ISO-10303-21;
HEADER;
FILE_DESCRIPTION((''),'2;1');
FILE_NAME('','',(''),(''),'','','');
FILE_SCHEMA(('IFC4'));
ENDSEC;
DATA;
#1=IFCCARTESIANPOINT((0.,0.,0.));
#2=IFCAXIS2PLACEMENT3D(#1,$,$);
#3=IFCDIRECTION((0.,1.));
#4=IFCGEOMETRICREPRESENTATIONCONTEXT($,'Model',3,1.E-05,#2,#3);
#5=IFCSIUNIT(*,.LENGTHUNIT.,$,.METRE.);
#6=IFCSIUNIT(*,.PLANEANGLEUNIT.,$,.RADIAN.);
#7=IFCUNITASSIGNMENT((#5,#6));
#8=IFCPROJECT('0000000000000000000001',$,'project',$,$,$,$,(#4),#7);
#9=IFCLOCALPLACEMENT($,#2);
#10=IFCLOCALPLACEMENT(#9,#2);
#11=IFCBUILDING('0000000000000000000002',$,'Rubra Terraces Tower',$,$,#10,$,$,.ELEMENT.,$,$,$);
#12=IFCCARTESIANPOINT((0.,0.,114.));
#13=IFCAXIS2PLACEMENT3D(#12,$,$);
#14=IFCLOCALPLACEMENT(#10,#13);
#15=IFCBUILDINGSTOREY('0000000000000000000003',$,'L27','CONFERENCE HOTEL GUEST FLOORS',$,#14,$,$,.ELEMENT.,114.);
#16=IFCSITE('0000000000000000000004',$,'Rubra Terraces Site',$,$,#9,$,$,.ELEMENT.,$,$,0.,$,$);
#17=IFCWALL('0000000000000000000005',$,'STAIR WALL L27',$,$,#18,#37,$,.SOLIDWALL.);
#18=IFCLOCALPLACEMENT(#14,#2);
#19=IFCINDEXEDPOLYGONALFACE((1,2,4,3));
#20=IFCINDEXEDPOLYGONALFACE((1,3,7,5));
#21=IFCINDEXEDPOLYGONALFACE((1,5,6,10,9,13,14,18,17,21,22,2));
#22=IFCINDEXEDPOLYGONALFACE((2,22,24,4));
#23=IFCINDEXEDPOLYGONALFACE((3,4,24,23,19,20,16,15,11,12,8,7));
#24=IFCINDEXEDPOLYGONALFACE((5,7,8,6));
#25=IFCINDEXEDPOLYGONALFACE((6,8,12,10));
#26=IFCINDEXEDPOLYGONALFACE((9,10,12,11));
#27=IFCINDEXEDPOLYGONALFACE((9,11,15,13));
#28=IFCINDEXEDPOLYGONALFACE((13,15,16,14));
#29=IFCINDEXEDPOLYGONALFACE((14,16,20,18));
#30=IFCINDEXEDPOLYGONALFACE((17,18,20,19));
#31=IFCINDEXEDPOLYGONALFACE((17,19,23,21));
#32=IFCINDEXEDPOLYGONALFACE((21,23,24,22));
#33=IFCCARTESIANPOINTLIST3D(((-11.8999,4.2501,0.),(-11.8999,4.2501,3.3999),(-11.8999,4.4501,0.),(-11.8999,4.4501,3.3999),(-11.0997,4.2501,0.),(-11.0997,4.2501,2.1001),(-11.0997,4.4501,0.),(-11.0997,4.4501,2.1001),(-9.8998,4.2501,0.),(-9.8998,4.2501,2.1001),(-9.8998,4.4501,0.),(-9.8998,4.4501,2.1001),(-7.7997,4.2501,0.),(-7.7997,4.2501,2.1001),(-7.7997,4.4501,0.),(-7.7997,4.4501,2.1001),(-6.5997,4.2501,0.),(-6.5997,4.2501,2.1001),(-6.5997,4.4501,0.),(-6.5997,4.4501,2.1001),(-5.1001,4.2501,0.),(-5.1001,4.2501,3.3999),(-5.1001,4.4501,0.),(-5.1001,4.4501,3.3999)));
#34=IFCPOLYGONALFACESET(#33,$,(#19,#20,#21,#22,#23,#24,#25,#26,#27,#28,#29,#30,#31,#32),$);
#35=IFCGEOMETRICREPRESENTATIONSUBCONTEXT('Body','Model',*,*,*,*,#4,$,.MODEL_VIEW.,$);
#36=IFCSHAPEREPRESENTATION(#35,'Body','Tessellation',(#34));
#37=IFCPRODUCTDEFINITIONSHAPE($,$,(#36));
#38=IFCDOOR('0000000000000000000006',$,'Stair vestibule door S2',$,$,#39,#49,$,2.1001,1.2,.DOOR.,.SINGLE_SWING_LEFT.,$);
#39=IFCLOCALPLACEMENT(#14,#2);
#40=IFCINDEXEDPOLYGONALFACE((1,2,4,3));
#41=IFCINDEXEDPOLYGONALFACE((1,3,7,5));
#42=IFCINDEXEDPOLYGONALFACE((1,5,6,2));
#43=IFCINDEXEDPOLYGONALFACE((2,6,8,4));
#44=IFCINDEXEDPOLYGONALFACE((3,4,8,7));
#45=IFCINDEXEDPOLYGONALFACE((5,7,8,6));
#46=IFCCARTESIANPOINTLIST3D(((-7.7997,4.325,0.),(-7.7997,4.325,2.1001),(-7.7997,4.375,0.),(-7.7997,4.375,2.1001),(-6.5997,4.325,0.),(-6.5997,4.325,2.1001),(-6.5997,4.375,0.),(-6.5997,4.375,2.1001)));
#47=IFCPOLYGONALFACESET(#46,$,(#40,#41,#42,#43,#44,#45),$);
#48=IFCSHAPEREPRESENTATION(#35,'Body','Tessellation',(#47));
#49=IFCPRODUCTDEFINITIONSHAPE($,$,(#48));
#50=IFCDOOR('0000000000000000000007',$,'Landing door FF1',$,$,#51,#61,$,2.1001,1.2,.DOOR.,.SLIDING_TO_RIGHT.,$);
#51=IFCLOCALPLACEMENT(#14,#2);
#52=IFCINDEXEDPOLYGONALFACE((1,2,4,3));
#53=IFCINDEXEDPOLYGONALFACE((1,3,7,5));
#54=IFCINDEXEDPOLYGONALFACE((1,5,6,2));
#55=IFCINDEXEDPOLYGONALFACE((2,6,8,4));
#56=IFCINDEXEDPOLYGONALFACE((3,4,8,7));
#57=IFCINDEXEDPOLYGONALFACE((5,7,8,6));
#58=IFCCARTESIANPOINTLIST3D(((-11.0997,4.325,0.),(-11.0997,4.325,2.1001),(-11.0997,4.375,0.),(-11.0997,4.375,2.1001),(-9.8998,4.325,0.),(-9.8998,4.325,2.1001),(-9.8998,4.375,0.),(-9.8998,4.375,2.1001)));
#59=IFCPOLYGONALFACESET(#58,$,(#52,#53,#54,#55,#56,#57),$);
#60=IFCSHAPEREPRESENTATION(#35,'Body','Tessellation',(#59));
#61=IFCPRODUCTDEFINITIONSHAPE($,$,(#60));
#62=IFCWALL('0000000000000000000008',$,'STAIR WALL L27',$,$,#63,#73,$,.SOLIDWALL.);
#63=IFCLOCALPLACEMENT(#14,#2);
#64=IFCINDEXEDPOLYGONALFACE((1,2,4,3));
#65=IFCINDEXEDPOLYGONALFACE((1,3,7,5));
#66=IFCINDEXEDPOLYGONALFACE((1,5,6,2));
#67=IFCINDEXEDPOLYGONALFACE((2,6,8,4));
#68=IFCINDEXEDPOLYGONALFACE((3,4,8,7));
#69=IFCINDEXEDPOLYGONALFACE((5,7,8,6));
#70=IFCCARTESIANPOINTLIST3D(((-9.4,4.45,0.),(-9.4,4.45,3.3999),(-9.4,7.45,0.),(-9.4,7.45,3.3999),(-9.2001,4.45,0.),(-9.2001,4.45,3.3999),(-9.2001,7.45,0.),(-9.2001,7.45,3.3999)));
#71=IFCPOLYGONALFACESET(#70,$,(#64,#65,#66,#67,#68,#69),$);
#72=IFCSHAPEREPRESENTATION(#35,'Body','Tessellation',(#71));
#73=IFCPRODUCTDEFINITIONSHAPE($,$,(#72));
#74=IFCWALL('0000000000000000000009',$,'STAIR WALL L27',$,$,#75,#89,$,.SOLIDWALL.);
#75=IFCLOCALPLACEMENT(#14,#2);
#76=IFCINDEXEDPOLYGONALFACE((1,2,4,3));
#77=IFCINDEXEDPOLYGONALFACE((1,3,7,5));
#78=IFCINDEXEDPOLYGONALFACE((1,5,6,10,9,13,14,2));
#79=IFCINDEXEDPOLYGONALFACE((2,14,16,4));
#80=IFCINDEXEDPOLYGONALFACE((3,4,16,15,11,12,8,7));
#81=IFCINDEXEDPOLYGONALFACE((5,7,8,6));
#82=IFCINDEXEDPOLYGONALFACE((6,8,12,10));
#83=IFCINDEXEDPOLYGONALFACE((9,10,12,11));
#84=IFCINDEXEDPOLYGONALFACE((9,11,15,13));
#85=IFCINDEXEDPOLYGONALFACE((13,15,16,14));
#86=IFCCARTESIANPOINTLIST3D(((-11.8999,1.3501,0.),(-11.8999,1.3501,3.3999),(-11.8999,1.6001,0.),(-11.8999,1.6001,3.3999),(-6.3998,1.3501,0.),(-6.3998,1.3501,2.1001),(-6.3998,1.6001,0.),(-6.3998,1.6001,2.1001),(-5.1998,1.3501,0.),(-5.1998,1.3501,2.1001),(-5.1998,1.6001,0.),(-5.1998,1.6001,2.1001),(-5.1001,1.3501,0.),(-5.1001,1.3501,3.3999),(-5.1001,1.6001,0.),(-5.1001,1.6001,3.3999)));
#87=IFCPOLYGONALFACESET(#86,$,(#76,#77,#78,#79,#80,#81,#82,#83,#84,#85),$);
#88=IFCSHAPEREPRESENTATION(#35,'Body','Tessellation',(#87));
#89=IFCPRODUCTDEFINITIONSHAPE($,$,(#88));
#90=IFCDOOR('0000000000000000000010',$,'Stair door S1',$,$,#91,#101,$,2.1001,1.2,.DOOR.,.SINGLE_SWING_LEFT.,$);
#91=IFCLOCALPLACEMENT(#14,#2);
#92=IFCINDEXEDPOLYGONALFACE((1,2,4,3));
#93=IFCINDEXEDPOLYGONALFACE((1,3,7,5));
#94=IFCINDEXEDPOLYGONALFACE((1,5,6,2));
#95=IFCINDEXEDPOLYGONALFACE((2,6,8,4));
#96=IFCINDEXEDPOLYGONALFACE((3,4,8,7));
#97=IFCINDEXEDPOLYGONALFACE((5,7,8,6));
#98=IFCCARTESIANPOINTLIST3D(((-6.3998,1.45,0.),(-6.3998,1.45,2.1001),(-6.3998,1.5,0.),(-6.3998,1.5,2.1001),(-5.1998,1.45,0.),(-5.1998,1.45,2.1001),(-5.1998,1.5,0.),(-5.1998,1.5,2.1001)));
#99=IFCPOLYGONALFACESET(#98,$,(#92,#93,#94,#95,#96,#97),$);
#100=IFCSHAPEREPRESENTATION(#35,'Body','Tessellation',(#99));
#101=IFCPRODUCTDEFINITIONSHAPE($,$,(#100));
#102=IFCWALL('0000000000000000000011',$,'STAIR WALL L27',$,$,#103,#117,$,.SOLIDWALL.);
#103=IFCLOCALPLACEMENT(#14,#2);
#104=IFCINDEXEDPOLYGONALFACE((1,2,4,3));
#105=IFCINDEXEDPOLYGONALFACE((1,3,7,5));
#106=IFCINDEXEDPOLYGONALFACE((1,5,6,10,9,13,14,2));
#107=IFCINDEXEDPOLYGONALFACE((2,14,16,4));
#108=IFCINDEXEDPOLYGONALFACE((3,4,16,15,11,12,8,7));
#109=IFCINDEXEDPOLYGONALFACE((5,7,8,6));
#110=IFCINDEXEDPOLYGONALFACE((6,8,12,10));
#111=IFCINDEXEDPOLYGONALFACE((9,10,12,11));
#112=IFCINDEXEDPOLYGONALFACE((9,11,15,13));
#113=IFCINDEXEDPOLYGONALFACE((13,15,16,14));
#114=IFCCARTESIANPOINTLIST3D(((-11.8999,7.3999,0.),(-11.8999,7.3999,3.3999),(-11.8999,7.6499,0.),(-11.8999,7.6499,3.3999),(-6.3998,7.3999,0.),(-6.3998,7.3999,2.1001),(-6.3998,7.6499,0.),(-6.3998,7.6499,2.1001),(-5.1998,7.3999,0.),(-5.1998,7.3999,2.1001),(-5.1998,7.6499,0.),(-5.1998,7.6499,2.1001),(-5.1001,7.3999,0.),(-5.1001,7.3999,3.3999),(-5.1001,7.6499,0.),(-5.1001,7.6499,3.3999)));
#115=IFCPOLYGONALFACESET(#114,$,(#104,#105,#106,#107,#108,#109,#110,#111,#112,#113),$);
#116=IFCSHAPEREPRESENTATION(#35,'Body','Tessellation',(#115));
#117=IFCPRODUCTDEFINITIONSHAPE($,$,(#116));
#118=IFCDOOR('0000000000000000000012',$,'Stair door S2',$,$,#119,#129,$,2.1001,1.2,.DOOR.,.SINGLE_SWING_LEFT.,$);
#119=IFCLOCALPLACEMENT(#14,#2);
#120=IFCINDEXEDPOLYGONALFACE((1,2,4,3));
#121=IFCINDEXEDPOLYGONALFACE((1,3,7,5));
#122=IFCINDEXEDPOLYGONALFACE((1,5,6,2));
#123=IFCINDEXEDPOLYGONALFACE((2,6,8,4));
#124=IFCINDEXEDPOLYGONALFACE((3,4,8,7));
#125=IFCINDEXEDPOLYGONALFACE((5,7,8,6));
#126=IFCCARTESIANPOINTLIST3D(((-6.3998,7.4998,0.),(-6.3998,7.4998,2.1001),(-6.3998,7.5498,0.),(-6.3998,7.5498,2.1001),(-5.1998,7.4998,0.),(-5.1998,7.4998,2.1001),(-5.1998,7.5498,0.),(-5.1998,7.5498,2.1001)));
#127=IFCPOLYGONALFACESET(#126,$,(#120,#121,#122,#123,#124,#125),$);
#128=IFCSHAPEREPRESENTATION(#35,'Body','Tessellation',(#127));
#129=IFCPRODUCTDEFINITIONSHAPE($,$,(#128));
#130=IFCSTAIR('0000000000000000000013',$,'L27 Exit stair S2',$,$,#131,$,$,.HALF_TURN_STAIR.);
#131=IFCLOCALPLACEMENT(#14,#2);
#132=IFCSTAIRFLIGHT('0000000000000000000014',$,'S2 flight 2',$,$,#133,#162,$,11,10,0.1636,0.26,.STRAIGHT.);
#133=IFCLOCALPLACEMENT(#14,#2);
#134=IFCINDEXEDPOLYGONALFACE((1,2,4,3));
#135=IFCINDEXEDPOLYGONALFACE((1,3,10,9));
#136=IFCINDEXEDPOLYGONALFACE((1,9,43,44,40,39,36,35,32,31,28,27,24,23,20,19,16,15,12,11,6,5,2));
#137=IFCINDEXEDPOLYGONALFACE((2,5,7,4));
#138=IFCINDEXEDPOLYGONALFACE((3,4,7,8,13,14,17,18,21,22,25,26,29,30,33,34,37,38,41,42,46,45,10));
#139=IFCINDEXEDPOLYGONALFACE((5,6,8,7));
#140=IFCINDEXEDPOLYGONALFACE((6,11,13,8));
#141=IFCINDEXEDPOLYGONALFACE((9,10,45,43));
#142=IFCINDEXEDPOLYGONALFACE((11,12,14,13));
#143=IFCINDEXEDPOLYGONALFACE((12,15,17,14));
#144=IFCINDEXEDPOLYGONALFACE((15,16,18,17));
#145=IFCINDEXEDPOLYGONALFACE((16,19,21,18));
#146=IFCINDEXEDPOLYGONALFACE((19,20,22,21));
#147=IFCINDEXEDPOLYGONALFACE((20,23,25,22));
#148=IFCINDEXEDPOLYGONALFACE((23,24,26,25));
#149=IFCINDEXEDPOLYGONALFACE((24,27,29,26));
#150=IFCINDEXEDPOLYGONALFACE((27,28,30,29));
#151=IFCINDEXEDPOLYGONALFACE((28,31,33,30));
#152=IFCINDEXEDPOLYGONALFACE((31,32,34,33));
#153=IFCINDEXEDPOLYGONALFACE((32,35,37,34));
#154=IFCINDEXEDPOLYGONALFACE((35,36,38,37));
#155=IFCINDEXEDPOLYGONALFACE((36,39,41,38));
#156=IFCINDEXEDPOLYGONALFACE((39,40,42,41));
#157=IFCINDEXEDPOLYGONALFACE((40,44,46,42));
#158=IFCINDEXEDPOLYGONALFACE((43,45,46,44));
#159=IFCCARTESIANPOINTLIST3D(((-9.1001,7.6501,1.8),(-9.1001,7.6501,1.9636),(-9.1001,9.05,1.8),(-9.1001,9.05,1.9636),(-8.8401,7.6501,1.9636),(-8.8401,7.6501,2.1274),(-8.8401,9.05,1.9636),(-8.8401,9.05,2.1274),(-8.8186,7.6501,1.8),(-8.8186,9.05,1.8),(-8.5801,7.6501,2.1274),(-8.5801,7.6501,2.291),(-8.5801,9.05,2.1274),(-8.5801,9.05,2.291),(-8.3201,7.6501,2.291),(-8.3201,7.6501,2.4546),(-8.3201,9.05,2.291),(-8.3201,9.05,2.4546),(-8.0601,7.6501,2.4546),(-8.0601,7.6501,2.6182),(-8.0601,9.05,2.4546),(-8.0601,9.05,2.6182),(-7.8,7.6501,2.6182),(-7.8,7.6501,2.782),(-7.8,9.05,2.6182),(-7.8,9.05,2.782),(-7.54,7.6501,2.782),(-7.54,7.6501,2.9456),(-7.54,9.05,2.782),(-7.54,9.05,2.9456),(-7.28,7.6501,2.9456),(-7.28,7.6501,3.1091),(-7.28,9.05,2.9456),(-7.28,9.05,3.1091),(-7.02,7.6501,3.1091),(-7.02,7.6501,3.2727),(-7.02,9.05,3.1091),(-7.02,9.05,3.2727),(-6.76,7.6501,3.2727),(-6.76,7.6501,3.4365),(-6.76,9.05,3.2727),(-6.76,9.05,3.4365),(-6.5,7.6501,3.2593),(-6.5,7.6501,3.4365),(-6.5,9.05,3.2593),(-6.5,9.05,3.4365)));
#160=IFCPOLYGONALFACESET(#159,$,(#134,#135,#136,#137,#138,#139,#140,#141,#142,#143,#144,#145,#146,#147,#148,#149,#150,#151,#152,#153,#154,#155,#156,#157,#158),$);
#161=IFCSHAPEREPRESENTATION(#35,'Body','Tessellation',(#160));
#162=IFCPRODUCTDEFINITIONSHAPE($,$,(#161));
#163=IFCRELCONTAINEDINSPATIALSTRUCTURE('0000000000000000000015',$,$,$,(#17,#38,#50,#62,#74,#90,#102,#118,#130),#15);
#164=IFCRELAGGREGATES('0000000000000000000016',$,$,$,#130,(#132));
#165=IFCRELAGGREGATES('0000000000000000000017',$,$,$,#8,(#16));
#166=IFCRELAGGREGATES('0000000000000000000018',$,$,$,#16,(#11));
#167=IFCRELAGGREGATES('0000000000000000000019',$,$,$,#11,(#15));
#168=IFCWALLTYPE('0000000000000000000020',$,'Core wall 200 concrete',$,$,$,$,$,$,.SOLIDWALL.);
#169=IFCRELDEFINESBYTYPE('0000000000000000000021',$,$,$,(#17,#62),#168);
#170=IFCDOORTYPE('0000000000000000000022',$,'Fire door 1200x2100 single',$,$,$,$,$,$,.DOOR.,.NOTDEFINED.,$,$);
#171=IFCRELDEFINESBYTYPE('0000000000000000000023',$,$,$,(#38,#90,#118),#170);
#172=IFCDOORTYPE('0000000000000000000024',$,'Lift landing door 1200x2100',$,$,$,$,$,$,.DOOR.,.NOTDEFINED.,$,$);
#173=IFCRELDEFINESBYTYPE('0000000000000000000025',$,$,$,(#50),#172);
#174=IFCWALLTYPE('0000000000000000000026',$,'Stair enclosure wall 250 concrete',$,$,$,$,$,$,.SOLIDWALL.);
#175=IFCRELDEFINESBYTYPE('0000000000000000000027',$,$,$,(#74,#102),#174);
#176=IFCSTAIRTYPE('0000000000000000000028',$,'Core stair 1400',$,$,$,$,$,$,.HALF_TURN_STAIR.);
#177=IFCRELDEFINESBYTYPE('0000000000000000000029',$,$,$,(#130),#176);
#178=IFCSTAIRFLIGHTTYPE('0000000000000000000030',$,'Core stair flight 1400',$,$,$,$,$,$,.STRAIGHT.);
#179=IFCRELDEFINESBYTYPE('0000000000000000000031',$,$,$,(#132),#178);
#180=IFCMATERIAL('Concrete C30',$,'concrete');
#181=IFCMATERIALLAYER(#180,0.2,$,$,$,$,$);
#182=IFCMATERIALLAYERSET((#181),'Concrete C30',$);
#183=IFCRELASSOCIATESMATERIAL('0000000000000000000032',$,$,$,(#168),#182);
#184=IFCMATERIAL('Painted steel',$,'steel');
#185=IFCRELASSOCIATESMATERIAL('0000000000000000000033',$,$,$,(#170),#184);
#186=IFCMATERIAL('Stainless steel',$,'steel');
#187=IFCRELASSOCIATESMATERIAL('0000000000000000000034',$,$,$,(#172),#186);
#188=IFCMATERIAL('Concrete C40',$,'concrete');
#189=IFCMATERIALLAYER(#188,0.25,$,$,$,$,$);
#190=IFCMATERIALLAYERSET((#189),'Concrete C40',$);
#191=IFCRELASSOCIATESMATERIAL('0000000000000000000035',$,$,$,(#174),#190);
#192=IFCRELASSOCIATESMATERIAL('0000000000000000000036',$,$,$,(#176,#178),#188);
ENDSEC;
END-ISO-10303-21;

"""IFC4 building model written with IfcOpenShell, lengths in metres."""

from ifc_helpers import new_model, si_unit, direction, frame, frame_2d, origin, place, context, subcontext, project, spatial, polyline, rectangle, outline, extrude, material, layer, layer_set, type_object, element, fill, aggregate, save


model = new_model("IFC4")

# Units and contexts
model_context = context("Model", 3, precision=1e-05, world=origin(), true_north=direction((0.0, 1.0)))
body_context = subcontext(model_context, "Body", "Model", "MODEL_VIEW")
ifc_project = project(units=[si_unit("LENGTHUNIT", "METRE"), si_unit("PLANEANGLEUNIT", "RADIAN")], contexts=[model_context])

# Site, building, storey
site_placement = place(None, origin())
site = spatial("IfcSite", under=ifc_project, at=site_placement, Name="Rubra Terraces Site", CompositionType="ELEMENT", RefElevation=0.0)
building_placement = place(site_placement, origin())
building = spatial("IfcBuilding", under=site, at=building_placement, Name="Rubra Terraces Tower", CompositionType="ELEMENT")
storey_placement = place(building_placement, frame((0.0, 0.0, 114.0)))
storey = spatial("IfcBuildingStorey", under=building, at=storey_placement, Name="L27", Description="CONFERENCE HOTEL GUEST FLOORS", CompositionType="ELEMENT", Elevation=114.0)

# Shared definitions
ifc_material_1 = material(Name="Painted steel", Category="steel")

# Shared definitions
ifc_material_2 = material(Name="Concrete C40", Category="concrete")

# Wall, openings, doors
ifc_material_3 = material(Name="Concrete C30", Category="concrete")
ifc_layer_1 = layer(ifc_material_3, 0.2)
ifc_layer_set_1 = layer_set([ifc_layer_1], Name="Concrete C30")
wall_type_1 = type_object("IfcWallType", Name="Core wall 200 concrete", PredefinedType="SOLIDWALL", material=ifc_layer_set_1)
wall_1_placement = place(storey_placement, frame((-11.8999, 4.3501, 0.0), z_axis=(0.0, 0.0, 1.0), x_axis=(1.0, 0.0, 0.0)))
wall_1 = element("IfcWall", 1, at=wall_1_placement, inside=storey, type_object=wall_type_1, Name="STAIR WALL L27", PredefinedType="SOLIDWALL", context=body_context, shape_type="SweptSolid", body=[
    extrude(rectangle(XDim=6.7998, YDim=0.2, at=frame_2d((3.3999, 0.0))), origin(), (0.0, 0.0, 1.0), 3.3999),
])
opening_1_placement = place(wall_1_placement, frame((4.1001, 0.0, 0.0)))
opening_1 = element("IfcOpeningElement", 2, at=opening_1_placement, cuts=wall_1, PredefinedType="OPENING", context=body_context, shape_type="SweptSolid", body=[
    extrude(rectangle(XDim=1.2, YDim=2.1001, at=frame_2d((0.6001, 1.05))), frame((0.0, 0.1099, 0.0), z_axis=(0.0, -1.0, 0.0), x_axis=(1.0, 0.0, 0.0)), (0.0, 0.0, 1.0), 0.22),
])
opening_2_placement = place(wall_1_placement, frame((0.8, 0.0, 0.0)))
opening_2 = element("IfcOpeningElement", 3, at=opening_2_placement, cuts=wall_1, PredefinedType="OPENING", context=body_context, shape_type="SweptSolid", body=[
    extrude(rectangle(XDim=1.2, YDim=2.1001, at=frame_2d((0.6001, 1.05))), frame((0.0, 0.1099, 0.0), z_axis=(0.0, -1.0, 0.0), x_axis=(1.0, 0.0, 0.0)), (0.0, 0.0, 1.0), 0.22),
])
door_type_1 = type_object("IfcDoorType", Name="Fire door 1200x2100 single", OperationType="NOTDEFINED", PredefinedType="DOOR", material=ifc_material_1)
door_1_placement = place(opening_1_placement, origin())
door_1 = element("IfcDoor", 4, at=door_1_placement, inside=storey, type_object=door_type_1, Name="Stair vestibule door S2", OperationType="SINGLE_SWING_LEFT", OverallHeight=2.1001, OverallWidth=1.2, PredefinedType="DOOR", context=body_context, shape_type="SweptSolid", body=[
    extrude(rectangle(XDim=1.2, YDim=2.1001, at=frame_2d((0.6001, 1.05))), frame((0.0, 0.0249, 0.0), z_axis=(0.0, -1.0, 0.0), x_axis=(1.0, 0.0, 0.0)), (0.0, 0.0, 1.0), 0.05),
])
fill(opening_1, door_1)
ifc_material_4 = material(Name="Stainless steel", Category="steel")
door_type_2 = type_object("IfcDoorType", Name="Lift landing door 1200x2100", OperationType="NOTDEFINED", PredefinedType="DOOR", material=ifc_material_4)
door_2_placement = place(opening_2_placement, origin())
door_2 = element("IfcDoor", 5, at=door_2_placement, inside=storey, type_object=door_type_2, Name="Landing door FF1", OperationType="SLIDING_TO_RIGHT", OverallHeight=2.1001, OverallWidth=1.2, PredefinedType="DOOR", context=body_context, shape_type="SweptSolid", body=[
    extrude(rectangle(XDim=1.2, YDim=2.1001, at=frame_2d((0.6001, 1.05))), frame((0.0, 0.0249, 0.0), z_axis=(0.0, -1.0, 0.0), x_axis=(1.0, 0.0, 0.0)), (0.0, 0.0, 1.0), 0.05),
])
fill(opening_2, door_2)

# Wall
wall_2_placement = place(storey_placement, frame((-9.3, 4.45, 0.0), z_axis=(0.0, 0.0, 1.0), x_axis=(0.0, 1.0, 0.0)))
element("IfcWall", 6, at=wall_2_placement, inside=storey, type_object=wall_type_1, Name="STAIR WALL L27", PredefinedType="SOLIDWALL", context=body_context, shape_type="SweptSolid", body=[
    extrude(rectangle(XDim=3.0, YDim=0.2, at=frame_2d((1.5, 0.0))), origin(), (0.0, 0.0, 1.0), 3.3999),
])

# Walls, openings, doors
ifc_layer_2 = layer(ifc_material_2, 0.25)
ifc_layer_set_2 = layer_set([ifc_layer_2], Name="Concrete C40")
wall_type_2 = type_object("IfcWallType", Name="Stair enclosure wall 250 concrete", PredefinedType="SOLIDWALL", material=ifc_layer_set_2)
wall_3_placement = place(storey_placement, frame((-11.8999, 1.4751, 0.0), z_axis=(0.0, 0.0, 1.0), x_axis=(1.0, 0.0, 0.0)))
wall_3 = element("IfcWall", 7, at=wall_3_placement, inside=storey, type_object=wall_type_2, Name="STAIR WALL L27", PredefinedType="SOLIDWALL", context=body_context, shape_type="SweptSolid", body=[
    extrude(rectangle(XDim=6.7998, YDim=0.25, at=frame_2d((3.3999, 0.0))), origin(), (0.0, 0.0, 1.0), 3.3999),
])
opening_3_placement = place(wall_3_placement, frame((5.5, 0.0, 0.0)))
opening_3 = element("IfcOpeningElement", 8, at=opening_3_placement, cuts=wall_3, PredefinedType="OPENING", context=body_context, shape_type="SweptSolid", body=[
    extrude(rectangle(XDim=1.2, YDim=2.1001, at=frame_2d((0.6001, 1.05))), frame((0.0, 0.135, 0.0), z_axis=(0.0, -1.0, 0.0), x_axis=(1.0, 0.0, 0.0)), (0.0, 0.0, 1.0), 0.27),
])
door_3_placement = place(opening_3_placement, origin())
door_3 = element("IfcDoor", 9, at=door_3_placement, inside=storey, type_object=door_type_1, Name="Stair door S1", OperationType="SINGLE_SWING_LEFT", OverallHeight=2.1001, OverallWidth=1.2, PredefinedType="DOOR", context=body_context, shape_type="SweptSolid", body=[
    extrude(rectangle(XDim=1.2, YDim=2.1001, at=frame_2d((0.6001, 1.05))), frame((0.0, 0.0249, 0.0), z_axis=(0.0, -1.0, 0.0), x_axis=(1.0, 0.0, 0.0)), (0.0, 0.0, 1.0), 0.05),
])
fill(opening_3, door_3)
wall_4_placement = place(storey_placement, frame((-11.8999, 7.5249, 0.0), z_axis=(0.0, 0.0, 1.0), x_axis=(1.0, 0.0, 0.0)))
wall_4 = element("IfcWall", 10, at=wall_4_placement, inside=storey, type_object=wall_type_2, Name="STAIR WALL L27", PredefinedType="SOLIDWALL", context=body_context, shape_type="SweptSolid", body=[
    extrude(rectangle(XDim=6.7998, YDim=0.25, at=frame_2d((3.3999, 0.0))), origin(), (0.0, 0.0, 1.0), 3.3999),
])
opening_4_placement = place(wall_4_placement, frame((5.5, 0.0, 0.0)))
opening_4 = element("IfcOpeningElement", 11, at=opening_4_placement, cuts=wall_4, PredefinedType="OPENING", context=body_context, shape_type="SweptSolid", body=[
    extrude(rectangle(XDim=1.2, YDim=2.1001, at=frame_2d((0.6001, 1.05))), frame((0.0, 0.135, 0.0), z_axis=(0.0, -1.0, 0.0), x_axis=(1.0, 0.0, 0.0)), (0.0, 0.0, 1.0), 0.27),
])
door_4_placement = place(opening_4_placement, origin())
door_4 = element("IfcDoor", 12, at=door_4_placement, inside=storey, type_object=door_type_1, Name="Stair door S2", OperationType="SINGLE_SWING_LEFT", OverallHeight=2.1001, OverallWidth=1.2, PredefinedType="DOOR", context=body_context, shape_type="SweptSolid", body=[
    extrude(rectangle(XDim=1.2, YDim=2.1001, at=frame_2d((0.6001, 1.05))), frame((0.0, 0.0249, 0.0), z_axis=(0.0, -1.0, 0.0), x_axis=(1.0, 0.0, 0.0)), (0.0, 0.0, 1.0), 0.05),
])
fill(opening_4, door_4)

# Stair, stair flight
stair_type = type_object("IfcStairType", Name="Core stair 1400", PredefinedType="HALF_TURN_STAIR", material=ifc_material_2)
stair_placement = place(storey_placement, origin())
stair = element("IfcStair", 13, at=stair_placement, inside=storey, type_object=stair_type, Name="L27 Exit stair S2", PredefinedType="HALF_TURN_STAIR")
stair_flight_type = type_object("IfcStairFlightType", Name="Core stair flight 1400", PredefinedType="STRAIGHT", material=ifc_material_2)
stair_flight_placement = place(storey_placement, frame((-9.1001, 8.3501, 1.8), z_axis=(0.0, 0.0, 1.0), x_axis=(1.0, 0.0, 0.0)))
stair_flight = element("IfcStairFlight", 14, at=stair_flight_placement, type_object=stair_flight_type, Name="S2 flight 2", NumberOfRisers=11, NumberOfTreads=10, PredefinedType="STRAIGHT", RiserHeight=0.1636, TreadLength=0.26, context=body_context, shape_type="SweptSolid", body=[
    extrude(outline(polyline([(0.0, 0.0), (0.0, 0.1636), (0.26, 0.1636), (0.26, 0.3274), (0.52, 0.3274), (0.52, 0.491), (0.78, 0.491), (0.78, 0.6545), (1.04, 0.6545), (1.04, 0.8181), (1.3, 0.8181), (1.3, 0.9819), (1.5601, 0.9819), (1.5601, 1.1455), (1.8201, 1.1455), (1.8201, 1.3091), (2.0801, 1.3091), (2.0801, 1.4727), (2.3401, 1.4727), (2.3401, 1.6365), (2.6001, 1.6365), (2.6001, 1.8), (2.6001, 1.4592), (0.2815, 0.0), (0.0, 0.0)])), frame((0.0, 0.7, 0.0), z_axis=(0.0, -1.0, 0.0), x_axis=(1.0, 0.0, 0.0)), (0.0, 0.0, 1.0), 1.3999),
])
aggregate(stair, [stair_flight])

save(model, "model.ifc")
